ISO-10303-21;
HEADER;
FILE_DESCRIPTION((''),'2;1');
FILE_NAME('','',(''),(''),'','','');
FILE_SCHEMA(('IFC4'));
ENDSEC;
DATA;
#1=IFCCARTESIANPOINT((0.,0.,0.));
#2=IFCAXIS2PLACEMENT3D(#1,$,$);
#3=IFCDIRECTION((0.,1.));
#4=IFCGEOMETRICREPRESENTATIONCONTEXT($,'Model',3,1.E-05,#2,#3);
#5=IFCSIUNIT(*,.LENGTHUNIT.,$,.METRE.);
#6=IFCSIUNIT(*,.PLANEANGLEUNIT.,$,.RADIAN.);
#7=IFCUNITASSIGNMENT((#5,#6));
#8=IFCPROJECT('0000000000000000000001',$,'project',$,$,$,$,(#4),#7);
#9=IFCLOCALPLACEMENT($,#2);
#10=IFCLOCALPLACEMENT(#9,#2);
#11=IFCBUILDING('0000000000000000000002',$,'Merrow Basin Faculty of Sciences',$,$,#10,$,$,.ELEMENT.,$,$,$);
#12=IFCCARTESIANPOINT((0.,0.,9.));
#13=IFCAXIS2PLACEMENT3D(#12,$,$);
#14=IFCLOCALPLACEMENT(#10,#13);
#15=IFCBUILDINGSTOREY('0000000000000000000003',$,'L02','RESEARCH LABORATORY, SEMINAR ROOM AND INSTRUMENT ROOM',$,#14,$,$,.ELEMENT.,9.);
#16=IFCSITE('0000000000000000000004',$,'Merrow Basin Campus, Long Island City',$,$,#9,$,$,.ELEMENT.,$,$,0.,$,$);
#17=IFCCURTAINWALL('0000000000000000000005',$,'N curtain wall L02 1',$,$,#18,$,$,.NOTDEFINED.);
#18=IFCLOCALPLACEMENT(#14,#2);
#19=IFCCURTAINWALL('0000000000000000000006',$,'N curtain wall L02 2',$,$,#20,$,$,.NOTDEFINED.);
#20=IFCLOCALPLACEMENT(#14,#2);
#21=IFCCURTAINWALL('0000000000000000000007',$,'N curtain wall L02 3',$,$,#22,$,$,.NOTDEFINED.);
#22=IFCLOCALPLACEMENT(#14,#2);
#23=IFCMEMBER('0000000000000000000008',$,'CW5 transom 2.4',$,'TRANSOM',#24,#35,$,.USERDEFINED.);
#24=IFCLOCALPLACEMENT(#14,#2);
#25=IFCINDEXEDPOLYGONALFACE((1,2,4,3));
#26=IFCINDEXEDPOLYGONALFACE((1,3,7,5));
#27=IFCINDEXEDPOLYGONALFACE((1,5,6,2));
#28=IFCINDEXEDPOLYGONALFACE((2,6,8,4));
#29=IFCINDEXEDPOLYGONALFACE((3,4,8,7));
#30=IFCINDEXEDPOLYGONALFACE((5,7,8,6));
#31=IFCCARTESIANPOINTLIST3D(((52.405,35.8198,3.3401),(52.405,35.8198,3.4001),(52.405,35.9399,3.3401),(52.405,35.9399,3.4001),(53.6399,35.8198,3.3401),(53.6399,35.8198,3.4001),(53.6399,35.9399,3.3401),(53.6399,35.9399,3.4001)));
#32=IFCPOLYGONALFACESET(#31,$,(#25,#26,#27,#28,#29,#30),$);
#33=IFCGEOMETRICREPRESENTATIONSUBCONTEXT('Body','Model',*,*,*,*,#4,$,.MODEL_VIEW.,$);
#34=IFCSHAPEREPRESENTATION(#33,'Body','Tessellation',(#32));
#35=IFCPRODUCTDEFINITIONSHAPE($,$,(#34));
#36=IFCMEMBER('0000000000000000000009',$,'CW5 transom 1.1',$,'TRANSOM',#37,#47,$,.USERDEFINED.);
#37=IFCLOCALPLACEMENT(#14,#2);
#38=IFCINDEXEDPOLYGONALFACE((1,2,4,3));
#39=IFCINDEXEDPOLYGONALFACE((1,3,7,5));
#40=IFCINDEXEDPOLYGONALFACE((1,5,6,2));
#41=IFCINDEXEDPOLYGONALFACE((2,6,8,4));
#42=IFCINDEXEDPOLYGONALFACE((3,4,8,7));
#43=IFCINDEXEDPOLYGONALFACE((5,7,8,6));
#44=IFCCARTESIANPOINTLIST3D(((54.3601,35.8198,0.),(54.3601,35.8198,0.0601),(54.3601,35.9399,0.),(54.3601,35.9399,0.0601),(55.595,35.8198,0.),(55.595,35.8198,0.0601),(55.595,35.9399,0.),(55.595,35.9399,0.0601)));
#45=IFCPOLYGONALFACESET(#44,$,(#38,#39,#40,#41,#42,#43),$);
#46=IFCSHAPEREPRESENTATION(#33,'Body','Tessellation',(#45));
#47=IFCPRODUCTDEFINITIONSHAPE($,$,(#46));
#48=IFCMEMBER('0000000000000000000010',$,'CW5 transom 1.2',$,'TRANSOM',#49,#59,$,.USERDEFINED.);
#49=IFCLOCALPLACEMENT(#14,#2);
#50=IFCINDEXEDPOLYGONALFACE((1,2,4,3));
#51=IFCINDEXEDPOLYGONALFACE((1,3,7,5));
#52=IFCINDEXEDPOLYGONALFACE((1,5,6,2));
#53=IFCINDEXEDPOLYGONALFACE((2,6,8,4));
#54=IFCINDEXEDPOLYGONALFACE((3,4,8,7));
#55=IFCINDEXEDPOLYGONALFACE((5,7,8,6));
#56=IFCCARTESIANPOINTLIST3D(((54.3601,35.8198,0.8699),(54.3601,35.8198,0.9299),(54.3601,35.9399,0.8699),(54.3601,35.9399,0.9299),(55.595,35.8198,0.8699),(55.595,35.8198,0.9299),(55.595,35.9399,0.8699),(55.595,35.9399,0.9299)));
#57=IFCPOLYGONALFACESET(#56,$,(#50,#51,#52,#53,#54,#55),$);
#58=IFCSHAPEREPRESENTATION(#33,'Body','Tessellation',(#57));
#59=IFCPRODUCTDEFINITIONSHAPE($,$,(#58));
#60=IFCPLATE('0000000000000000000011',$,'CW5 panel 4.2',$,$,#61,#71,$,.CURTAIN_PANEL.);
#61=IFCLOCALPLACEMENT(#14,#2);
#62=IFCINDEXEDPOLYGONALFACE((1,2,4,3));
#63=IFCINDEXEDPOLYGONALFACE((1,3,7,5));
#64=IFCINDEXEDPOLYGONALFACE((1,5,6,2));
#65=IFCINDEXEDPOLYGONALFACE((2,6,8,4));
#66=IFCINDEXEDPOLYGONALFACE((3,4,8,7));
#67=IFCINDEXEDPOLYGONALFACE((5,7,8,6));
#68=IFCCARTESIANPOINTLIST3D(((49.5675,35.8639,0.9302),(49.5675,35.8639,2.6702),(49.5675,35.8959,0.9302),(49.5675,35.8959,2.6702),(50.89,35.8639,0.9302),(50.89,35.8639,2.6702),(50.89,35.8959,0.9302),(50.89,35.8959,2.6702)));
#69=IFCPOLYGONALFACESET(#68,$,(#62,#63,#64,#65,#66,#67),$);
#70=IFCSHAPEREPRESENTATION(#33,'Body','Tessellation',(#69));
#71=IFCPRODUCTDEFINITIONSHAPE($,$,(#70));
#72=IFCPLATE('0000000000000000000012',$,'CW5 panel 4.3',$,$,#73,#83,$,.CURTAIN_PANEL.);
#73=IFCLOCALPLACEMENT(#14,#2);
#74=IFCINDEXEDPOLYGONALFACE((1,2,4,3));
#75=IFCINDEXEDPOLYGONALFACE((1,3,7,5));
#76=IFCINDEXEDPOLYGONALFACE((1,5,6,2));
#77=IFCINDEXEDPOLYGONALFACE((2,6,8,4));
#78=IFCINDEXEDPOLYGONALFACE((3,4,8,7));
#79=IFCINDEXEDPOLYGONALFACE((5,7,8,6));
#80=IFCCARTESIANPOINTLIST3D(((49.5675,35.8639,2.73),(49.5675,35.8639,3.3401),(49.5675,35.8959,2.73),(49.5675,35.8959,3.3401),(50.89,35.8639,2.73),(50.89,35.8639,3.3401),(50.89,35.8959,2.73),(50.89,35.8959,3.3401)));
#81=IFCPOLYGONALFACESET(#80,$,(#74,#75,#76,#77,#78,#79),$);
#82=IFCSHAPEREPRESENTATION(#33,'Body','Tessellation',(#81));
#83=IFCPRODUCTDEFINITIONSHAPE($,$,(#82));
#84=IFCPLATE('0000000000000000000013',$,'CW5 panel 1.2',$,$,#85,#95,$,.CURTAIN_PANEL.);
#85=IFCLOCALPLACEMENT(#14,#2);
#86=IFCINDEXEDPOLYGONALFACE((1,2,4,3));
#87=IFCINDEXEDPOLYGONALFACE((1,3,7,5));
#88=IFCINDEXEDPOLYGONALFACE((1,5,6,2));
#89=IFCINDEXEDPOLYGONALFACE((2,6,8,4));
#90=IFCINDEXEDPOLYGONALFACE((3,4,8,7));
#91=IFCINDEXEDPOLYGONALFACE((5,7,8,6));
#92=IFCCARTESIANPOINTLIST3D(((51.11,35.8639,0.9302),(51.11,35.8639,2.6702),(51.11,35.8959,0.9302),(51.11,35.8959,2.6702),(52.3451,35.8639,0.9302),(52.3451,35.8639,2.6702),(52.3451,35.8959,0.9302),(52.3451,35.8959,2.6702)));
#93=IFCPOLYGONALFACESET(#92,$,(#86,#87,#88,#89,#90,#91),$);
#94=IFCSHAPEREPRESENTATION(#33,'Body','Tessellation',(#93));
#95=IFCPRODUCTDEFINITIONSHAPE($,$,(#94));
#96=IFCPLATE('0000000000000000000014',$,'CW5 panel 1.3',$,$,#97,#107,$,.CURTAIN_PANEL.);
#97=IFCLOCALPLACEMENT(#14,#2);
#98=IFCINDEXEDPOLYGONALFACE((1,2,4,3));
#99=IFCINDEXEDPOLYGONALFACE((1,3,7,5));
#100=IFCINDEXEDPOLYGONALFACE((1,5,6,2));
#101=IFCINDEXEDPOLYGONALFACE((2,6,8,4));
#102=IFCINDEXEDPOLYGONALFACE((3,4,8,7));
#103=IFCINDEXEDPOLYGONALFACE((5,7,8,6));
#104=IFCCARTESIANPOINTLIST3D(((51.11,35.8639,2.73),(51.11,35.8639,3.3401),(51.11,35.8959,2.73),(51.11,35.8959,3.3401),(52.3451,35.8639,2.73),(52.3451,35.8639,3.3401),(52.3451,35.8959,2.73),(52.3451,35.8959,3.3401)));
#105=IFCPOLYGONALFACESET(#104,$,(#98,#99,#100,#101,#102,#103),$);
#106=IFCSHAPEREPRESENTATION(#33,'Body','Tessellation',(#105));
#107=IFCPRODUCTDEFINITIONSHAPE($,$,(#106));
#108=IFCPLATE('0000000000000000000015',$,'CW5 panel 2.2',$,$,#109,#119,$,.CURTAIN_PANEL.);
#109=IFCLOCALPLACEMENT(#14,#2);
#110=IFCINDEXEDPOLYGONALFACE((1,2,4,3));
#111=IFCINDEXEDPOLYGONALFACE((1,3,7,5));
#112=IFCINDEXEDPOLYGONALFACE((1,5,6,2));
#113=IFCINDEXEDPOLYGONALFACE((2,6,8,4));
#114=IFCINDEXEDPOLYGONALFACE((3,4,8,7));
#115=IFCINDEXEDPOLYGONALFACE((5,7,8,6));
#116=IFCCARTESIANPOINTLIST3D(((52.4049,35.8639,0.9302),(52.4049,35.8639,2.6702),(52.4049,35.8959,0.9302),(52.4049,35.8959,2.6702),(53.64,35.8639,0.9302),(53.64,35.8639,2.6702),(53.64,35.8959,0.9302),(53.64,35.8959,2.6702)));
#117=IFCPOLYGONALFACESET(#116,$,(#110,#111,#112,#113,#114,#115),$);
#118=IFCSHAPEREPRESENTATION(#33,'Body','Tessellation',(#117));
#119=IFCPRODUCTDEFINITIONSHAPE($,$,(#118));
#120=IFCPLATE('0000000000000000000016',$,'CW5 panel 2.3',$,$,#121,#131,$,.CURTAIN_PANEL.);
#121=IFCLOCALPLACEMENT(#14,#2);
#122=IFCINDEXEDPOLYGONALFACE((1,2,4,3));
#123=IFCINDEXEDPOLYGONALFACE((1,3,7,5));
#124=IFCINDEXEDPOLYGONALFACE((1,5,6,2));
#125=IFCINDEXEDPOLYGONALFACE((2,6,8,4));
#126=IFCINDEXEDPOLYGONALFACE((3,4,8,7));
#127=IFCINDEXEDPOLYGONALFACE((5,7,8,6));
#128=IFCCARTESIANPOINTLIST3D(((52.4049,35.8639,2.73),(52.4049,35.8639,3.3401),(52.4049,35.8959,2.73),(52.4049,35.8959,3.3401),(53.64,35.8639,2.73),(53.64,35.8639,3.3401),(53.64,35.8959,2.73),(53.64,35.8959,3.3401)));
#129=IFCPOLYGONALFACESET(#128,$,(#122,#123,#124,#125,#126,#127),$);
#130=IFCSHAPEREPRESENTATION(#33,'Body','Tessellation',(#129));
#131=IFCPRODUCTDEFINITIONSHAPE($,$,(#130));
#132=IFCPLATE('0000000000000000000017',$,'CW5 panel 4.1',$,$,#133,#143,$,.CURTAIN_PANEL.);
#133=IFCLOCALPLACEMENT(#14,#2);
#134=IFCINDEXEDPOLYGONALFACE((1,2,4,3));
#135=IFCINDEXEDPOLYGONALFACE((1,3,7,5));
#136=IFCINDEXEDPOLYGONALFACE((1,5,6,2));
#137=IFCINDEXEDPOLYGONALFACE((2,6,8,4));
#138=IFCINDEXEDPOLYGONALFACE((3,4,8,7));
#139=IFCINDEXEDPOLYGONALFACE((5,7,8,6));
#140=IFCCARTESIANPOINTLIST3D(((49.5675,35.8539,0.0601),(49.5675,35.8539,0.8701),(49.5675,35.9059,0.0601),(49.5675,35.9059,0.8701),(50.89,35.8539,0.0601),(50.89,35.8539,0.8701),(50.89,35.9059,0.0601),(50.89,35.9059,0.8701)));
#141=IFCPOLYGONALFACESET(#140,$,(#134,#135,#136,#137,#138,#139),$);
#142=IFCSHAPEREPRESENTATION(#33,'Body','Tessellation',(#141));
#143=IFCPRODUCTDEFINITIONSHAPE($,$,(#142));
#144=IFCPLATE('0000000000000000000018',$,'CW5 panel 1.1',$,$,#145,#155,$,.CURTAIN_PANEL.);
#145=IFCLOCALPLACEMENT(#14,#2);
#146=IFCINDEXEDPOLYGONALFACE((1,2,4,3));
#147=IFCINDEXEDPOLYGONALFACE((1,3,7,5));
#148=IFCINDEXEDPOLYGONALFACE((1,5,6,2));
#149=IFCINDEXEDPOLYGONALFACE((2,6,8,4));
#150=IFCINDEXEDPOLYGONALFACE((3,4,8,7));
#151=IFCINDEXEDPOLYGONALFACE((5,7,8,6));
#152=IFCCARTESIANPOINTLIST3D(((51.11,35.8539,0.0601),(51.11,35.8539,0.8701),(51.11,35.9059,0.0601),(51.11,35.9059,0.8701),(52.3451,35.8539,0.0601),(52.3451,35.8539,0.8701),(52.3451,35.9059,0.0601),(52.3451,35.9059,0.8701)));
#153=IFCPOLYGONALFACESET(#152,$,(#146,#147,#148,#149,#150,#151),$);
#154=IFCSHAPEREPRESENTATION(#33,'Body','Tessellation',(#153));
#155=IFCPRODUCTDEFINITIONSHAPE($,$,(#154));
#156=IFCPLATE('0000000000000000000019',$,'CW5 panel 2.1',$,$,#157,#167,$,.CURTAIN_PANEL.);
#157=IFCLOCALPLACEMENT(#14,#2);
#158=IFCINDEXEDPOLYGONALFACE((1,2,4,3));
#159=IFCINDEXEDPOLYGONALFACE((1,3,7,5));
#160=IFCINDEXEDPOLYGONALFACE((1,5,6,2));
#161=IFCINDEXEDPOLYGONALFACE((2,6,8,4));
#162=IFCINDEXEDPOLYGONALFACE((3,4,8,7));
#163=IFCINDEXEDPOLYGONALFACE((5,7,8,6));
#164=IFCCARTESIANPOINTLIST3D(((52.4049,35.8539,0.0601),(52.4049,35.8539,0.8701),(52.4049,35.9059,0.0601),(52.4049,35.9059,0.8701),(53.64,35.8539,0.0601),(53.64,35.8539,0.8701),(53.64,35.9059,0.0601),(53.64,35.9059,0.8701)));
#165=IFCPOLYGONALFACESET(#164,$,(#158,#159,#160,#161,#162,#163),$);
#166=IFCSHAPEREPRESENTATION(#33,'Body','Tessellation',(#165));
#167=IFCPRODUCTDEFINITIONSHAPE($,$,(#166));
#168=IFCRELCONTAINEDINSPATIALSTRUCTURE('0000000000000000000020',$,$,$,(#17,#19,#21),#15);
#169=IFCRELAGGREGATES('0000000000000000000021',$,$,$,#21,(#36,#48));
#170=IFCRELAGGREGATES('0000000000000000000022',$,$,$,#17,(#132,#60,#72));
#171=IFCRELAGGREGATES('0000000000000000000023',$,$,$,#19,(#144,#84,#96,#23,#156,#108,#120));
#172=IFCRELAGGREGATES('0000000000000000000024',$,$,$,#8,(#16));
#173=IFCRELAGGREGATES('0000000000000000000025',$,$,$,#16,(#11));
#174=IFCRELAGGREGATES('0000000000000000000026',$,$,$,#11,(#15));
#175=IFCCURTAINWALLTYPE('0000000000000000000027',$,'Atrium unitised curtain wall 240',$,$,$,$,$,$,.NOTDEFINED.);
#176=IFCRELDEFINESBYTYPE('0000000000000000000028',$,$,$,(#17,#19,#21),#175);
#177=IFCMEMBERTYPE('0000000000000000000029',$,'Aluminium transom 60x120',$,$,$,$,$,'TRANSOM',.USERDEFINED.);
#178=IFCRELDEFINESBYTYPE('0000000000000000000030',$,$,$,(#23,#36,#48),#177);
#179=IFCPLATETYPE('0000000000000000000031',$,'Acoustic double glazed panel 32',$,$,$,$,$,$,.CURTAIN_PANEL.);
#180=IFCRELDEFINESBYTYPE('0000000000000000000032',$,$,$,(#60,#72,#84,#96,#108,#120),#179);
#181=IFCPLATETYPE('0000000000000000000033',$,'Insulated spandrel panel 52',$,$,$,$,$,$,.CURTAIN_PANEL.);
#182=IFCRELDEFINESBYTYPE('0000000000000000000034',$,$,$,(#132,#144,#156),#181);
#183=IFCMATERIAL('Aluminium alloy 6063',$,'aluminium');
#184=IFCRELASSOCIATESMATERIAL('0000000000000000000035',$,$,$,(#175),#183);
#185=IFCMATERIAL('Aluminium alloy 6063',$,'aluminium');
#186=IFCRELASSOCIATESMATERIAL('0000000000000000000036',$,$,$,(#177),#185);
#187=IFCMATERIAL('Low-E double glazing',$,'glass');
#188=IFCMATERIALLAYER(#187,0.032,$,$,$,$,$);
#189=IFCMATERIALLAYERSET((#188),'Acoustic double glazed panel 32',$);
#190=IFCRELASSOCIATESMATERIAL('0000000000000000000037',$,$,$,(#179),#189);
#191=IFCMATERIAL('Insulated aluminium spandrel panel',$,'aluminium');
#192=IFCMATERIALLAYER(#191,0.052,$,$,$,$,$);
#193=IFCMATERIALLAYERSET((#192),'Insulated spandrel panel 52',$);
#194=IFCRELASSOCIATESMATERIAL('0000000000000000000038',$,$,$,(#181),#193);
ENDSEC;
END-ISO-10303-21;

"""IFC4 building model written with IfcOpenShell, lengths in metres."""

from ifc_helpers import new_model, si_unit, direction, frame, origin, origin_2d, place, context, subcontext, project, spatial, rectangle, extrude, material, layer, layer_set, material_profile, profile_set, type_object, element, aggregate, save


model = new_model("IFC4")

# Units and contexts
model_context = context("Model", 3, precision=1e-05, world=origin(), true_north=direction((0.0, 1.0)))
body_context = subcontext(model_context, "Body", "Model", "MODEL_VIEW")
ifc_project = project(units=[si_unit("LENGTHUNIT", "METRE"), si_unit("PLANEANGLEUNIT", "RADIAN")], contexts=[model_context])

# Site, building, storey
site_placement = place(None, origin())
site = spatial("IfcSite", under=ifc_project, at=site_placement, Name="Merrow Basin Campus, Long Island City", CompositionType="ELEMENT", RefElevation=0.0)
building_placement = place(site_placement, origin())
building = spatial("IfcBuilding", under=site, at=building_placement, Name="Merrow Basin Faculty of Sciences", CompositionType="ELEMENT")
storey_placement = place(building_placement, frame((0.0, 0.0, 9.0)))
storey = spatial("IfcBuildingStorey", under=building, at=storey_placement, Name="L02", Description="RESEARCH LABORATORY, SEMINAR ROOM AND INSTRUMENT ROOM", CompositionType="ELEMENT", Elevation=9.0)

# Curtain wall
ifc_material_1 = material(Name="Aluminium alloy 6063", Category="aluminium")
curtain_wall_type = type_object("IfcCurtainWallType", Name="Atrium unitised curtain wall 240", PredefinedType="NOTDEFINED", material=ifc_material_1)
curtain_wall_1_placement = place(storey_placement, origin())
curtain_wall_1 = element("IfcCurtainWall", 1, at=curtain_wall_1_placement, inside=storey, type_object=curtain_wall_type, Name="N curtain wall L02 1", PredefinedType="NOTDEFINED")

# Curtain wall
curtain_wall_2_placement = place(storey_placement, origin())
curtain_wall_2 = element("IfcCurtainWall", 2, at=curtain_wall_2_placement, inside=storey, type_object=curtain_wall_type, Name="N curtain wall L02 2", PredefinedType="NOTDEFINED")

# Curtain wall
curtain_wall_3_placement = place(storey_placement, origin())
curtain_wall_3 = element("IfcCurtainWall", 3, at=curtain_wall_3_placement, inside=storey, type_object=curtain_wall_type, Name="N curtain wall L02 3", PredefinedType="NOTDEFINED")

# Members
ifc_material_2 = material(Name="Aluminium alloy 6063", Category="aluminium")
ifc_material_profile_1 = material_profile(ifc_material_2, rectangle(XDim=0.1201, YDim=0.0601, at=origin_2d()))
ifc_profile_set_1 = profile_set([ifc_material_profile_1], Name="Aluminium alloy 6063")
member_type_1 = type_object("IfcMemberType", Name="Aluminium transom 60x120", ElementType="TRANSOM", PredefinedType="USERDEFINED", material=ifc_profile_set_1)
member_1_placement = place(storey_placement, frame((52.405, 35.8799, 3.3701), z_axis=(1.0, 0.0, 0.0), x_axis=(0.0, 1.0, 0.0)))
member_1 = element("IfcMember", 4, at=member_1_placement, type_object=member_type_1, Name="CW5 transom 2.4", ObjectType="TRANSOM", PredefinedType="USERDEFINED", context=body_context, shape_type="SweptSolid", body=[
    extrude(rectangle(XDim=0.1201, YDim=0.0601, at=origin_2d()), origin(), (0.0, 0.0, 1.0), 1.2349),
])
member_2_placement = place(storey_placement, frame((54.3601, 35.8799, 0.03), z_axis=(1.0, 0.0, 0.0), x_axis=(0.0, 1.0, 0.0)))
member_2 = element("IfcMember", 5, at=member_2_placement, type_object=member_type_1, Name="CW5 transom 1.1", ObjectType="TRANSOM", PredefinedType="USERDEFINED", context=body_context, shape_type="SweptSolid", body=[
    extrude(rectangle(XDim=0.1201, YDim=0.0601, at=origin_2d()), origin(), (0.0, 0.0, 1.0), 1.2349),
])
member_3_placement = place(storey_placement, frame((54.3601, 35.8799, 0.8999), z_axis=(1.0, 0.0, 0.0), x_axis=(0.0, 1.0, 0.0)))
member_3 = element("IfcMember", 6, at=member_3_placement, type_object=member_type_1, Name="CW5 transom 1.2", ObjectType="TRANSOM", PredefinedType="USERDEFINED", context=body_context, shape_type="SweptSolid", body=[
    extrude(rectangle(XDim=0.1201, YDim=0.0601, at=origin_2d()), origin(), (0.0, 0.0, 1.0), 1.2349),
])
aggregate(curtain_wall_3, [member_2, member_3])

# Plates
ifc_material_3 = material(Name="Low-E double glazing", Category="glass")
ifc_layer_1 = layer(ifc_material_3, 0.032)
ifc_layer_set_1 = layer_set([ifc_layer_1], Name="Acoustic double glazed panel 32")
plate_type_1 = type_object("IfcPlateType", Name="Acoustic double glazed panel 32", PredefinedType="CURTAIN_PANEL", material=ifc_layer_set_1)
plate_1_placement = place(storey_placement, frame((50.2288, 35.8799, 0.9302), z_axis=(0.0, 0.0, 1.0), x_axis=(1.0, 0.0, 0.0)))
plate_1 = element("IfcPlate", 7, at=plate_1_placement, type_object=plate_type_1, Name="CW5 panel 4.2", PredefinedType="CURTAIN_PANEL", context=body_context, shape_type="SweptSolid", body=[
    extrude(rectangle(XDim=1.3225, YDim=0.032, at=origin_2d()), origin(), (0.0, 0.0, 1.0), 1.74),
])
plate_2_placement = place(storey_placement, frame((50.2288, 35.8799, 2.73), z_axis=(0.0, 0.0, 1.0), x_axis=(1.0, 0.0, 0.0)))
plate_2 = element("IfcPlate", 8, at=plate_2_placement, type_object=plate_type_1, Name="CW5 panel 4.3", PredefinedType="CURTAIN_PANEL", context=body_context, shape_type="SweptSolid", body=[
    extrude(rectangle(XDim=1.3225, YDim=0.032, at=origin_2d()), origin(), (0.0, 0.0, 1.0), 0.6101),
])
plate_3_placement = place(storey_placement, frame((51.7275, 35.8799, 0.9302), z_axis=(0.0, 0.0, 1.0), x_axis=(1.0, 0.0, 0.0)))
plate_3 = element("IfcPlate", 9, at=plate_3_placement, type_object=plate_type_1, Name="CW5 panel 1.2", PredefinedType="CURTAIN_PANEL", context=body_context, shape_type="SweptSolid", body=[
    extrude(rectangle(XDim=1.2351, YDim=0.032, at=origin_2d()), origin(), (0.0, 0.0, 1.0), 1.74),
])
plate_4_placement = place(storey_placement, frame((51.7275, 35.8799, 2.73), z_axis=(0.0, 0.0, 1.0), x_axis=(1.0, 0.0, 0.0)))
plate_4 = element("IfcPlate", 10, at=plate_4_placement, type_object=plate_type_1, Name="CW5 panel 1.3", PredefinedType="CURTAIN_PANEL", context=body_context, shape_type="SweptSolid", body=[
    extrude(rectangle(XDim=1.2351, YDim=0.032, at=origin_2d()), origin(), (0.0, 0.0, 1.0), 0.6101),
])
plate_5_placement = place(storey_placement, frame((53.0225, 35.8799, 0.9302), z_axis=(0.0, 0.0, 1.0), x_axis=(1.0, 0.0, 0.0)))
plate_5 = element("IfcPlate", 11, at=plate_5_placement, type_object=plate_type_1, Name="CW5 panel 2.2", PredefinedType="CURTAIN_PANEL", context=body_context, shape_type="SweptSolid", body=[
    extrude(rectangle(XDim=1.2351, YDim=0.032, at=origin_2d()), origin(), (0.0, 0.0, 1.0), 1.74),
])
plate_6_placement = place(storey_placement, frame((53.0225, 35.8799, 2.73), z_axis=(0.0, 0.0, 1.0), x_axis=(1.0, 0.0, 0.0)))
plate_6 = element("IfcPlate", 12, at=plate_6_placement, type_object=plate_type_1, Name="CW5 panel 2.3", PredefinedType="CURTAIN_PANEL", context=body_context, shape_type="SweptSolid", body=[
    extrude(rectangle(XDim=1.2351, YDim=0.032, at=origin_2d()), origin(), (0.0, 0.0, 1.0), 0.6101),
])
ifc_material_4 = material(Name="Insulated aluminium spandrel panel", Category="aluminium")
ifc_layer_2 = layer(ifc_material_4, 0.052)
ifc_layer_set_2 = layer_set([ifc_layer_2], Name="Insulated spandrel panel 52")
plate_type_2 = type_object("IfcPlateType", Name="Insulated spandrel panel 52", PredefinedType="CURTAIN_PANEL", material=ifc_layer_set_2)
plate_7_placement = place(storey_placement, frame((50.2288, 35.8799, 0.0601), z_axis=(0.0, 0.0, 1.0), x_axis=(1.0, 0.0, 0.0)))
plate_7 = element("IfcPlate", 13, at=plate_7_placement, type_object=plate_type_2, Name="CW5 panel 4.1", PredefinedType="CURTAIN_PANEL", context=body_context, shape_type="SweptSolid", body=[
    extrude(rectangle(XDim=1.3225, YDim=0.052, at=origin_2d()), origin(), (0.0, 0.0, 1.0), 0.8101),
])
aggregate(curtain_wall_1, [plate_7, plate_1, plate_2])
plate_8_placement = place(storey_placement, frame((51.7275, 35.8799, 0.0601), z_axis=(0.0, 0.0, 1.0), x_axis=(1.0, 0.0, 0.0)))
plate_8 = element("IfcPlate", 14, at=plate_8_placement, type_object=plate_type_2, Name="CW5 panel 1.1", PredefinedType="CURTAIN_PANEL", context=body_context, shape_type="SweptSolid", body=[
    extrude(rectangle(XDim=1.2351, YDim=0.052, at=origin_2d()), origin(), (0.0, 0.0, 1.0), 0.8101),
])
plate_9_placement = place(storey_placement, frame((53.0225, 35.8799, 0.0601), z_axis=(0.0, 0.0, 1.0), x_axis=(1.0, 0.0, 0.0)))
plate_9 = element("IfcPlate", 15, at=plate_9_placement, type_object=plate_type_2, Name="CW5 panel 2.1", PredefinedType="CURTAIN_PANEL", context=body_context, shape_type="SweptSolid", body=[
    extrude(rectangle(XDim=1.2351, YDim=0.052, at=origin_2d()), origin(), (0.0, 0.0, 1.0), 0.8101),
])
aggregate(curtain_wall_2, [plate_8, plate_3, plate_4, member_1, plate_9, plate_5, plate_6])

save(model, "model.ifc")
